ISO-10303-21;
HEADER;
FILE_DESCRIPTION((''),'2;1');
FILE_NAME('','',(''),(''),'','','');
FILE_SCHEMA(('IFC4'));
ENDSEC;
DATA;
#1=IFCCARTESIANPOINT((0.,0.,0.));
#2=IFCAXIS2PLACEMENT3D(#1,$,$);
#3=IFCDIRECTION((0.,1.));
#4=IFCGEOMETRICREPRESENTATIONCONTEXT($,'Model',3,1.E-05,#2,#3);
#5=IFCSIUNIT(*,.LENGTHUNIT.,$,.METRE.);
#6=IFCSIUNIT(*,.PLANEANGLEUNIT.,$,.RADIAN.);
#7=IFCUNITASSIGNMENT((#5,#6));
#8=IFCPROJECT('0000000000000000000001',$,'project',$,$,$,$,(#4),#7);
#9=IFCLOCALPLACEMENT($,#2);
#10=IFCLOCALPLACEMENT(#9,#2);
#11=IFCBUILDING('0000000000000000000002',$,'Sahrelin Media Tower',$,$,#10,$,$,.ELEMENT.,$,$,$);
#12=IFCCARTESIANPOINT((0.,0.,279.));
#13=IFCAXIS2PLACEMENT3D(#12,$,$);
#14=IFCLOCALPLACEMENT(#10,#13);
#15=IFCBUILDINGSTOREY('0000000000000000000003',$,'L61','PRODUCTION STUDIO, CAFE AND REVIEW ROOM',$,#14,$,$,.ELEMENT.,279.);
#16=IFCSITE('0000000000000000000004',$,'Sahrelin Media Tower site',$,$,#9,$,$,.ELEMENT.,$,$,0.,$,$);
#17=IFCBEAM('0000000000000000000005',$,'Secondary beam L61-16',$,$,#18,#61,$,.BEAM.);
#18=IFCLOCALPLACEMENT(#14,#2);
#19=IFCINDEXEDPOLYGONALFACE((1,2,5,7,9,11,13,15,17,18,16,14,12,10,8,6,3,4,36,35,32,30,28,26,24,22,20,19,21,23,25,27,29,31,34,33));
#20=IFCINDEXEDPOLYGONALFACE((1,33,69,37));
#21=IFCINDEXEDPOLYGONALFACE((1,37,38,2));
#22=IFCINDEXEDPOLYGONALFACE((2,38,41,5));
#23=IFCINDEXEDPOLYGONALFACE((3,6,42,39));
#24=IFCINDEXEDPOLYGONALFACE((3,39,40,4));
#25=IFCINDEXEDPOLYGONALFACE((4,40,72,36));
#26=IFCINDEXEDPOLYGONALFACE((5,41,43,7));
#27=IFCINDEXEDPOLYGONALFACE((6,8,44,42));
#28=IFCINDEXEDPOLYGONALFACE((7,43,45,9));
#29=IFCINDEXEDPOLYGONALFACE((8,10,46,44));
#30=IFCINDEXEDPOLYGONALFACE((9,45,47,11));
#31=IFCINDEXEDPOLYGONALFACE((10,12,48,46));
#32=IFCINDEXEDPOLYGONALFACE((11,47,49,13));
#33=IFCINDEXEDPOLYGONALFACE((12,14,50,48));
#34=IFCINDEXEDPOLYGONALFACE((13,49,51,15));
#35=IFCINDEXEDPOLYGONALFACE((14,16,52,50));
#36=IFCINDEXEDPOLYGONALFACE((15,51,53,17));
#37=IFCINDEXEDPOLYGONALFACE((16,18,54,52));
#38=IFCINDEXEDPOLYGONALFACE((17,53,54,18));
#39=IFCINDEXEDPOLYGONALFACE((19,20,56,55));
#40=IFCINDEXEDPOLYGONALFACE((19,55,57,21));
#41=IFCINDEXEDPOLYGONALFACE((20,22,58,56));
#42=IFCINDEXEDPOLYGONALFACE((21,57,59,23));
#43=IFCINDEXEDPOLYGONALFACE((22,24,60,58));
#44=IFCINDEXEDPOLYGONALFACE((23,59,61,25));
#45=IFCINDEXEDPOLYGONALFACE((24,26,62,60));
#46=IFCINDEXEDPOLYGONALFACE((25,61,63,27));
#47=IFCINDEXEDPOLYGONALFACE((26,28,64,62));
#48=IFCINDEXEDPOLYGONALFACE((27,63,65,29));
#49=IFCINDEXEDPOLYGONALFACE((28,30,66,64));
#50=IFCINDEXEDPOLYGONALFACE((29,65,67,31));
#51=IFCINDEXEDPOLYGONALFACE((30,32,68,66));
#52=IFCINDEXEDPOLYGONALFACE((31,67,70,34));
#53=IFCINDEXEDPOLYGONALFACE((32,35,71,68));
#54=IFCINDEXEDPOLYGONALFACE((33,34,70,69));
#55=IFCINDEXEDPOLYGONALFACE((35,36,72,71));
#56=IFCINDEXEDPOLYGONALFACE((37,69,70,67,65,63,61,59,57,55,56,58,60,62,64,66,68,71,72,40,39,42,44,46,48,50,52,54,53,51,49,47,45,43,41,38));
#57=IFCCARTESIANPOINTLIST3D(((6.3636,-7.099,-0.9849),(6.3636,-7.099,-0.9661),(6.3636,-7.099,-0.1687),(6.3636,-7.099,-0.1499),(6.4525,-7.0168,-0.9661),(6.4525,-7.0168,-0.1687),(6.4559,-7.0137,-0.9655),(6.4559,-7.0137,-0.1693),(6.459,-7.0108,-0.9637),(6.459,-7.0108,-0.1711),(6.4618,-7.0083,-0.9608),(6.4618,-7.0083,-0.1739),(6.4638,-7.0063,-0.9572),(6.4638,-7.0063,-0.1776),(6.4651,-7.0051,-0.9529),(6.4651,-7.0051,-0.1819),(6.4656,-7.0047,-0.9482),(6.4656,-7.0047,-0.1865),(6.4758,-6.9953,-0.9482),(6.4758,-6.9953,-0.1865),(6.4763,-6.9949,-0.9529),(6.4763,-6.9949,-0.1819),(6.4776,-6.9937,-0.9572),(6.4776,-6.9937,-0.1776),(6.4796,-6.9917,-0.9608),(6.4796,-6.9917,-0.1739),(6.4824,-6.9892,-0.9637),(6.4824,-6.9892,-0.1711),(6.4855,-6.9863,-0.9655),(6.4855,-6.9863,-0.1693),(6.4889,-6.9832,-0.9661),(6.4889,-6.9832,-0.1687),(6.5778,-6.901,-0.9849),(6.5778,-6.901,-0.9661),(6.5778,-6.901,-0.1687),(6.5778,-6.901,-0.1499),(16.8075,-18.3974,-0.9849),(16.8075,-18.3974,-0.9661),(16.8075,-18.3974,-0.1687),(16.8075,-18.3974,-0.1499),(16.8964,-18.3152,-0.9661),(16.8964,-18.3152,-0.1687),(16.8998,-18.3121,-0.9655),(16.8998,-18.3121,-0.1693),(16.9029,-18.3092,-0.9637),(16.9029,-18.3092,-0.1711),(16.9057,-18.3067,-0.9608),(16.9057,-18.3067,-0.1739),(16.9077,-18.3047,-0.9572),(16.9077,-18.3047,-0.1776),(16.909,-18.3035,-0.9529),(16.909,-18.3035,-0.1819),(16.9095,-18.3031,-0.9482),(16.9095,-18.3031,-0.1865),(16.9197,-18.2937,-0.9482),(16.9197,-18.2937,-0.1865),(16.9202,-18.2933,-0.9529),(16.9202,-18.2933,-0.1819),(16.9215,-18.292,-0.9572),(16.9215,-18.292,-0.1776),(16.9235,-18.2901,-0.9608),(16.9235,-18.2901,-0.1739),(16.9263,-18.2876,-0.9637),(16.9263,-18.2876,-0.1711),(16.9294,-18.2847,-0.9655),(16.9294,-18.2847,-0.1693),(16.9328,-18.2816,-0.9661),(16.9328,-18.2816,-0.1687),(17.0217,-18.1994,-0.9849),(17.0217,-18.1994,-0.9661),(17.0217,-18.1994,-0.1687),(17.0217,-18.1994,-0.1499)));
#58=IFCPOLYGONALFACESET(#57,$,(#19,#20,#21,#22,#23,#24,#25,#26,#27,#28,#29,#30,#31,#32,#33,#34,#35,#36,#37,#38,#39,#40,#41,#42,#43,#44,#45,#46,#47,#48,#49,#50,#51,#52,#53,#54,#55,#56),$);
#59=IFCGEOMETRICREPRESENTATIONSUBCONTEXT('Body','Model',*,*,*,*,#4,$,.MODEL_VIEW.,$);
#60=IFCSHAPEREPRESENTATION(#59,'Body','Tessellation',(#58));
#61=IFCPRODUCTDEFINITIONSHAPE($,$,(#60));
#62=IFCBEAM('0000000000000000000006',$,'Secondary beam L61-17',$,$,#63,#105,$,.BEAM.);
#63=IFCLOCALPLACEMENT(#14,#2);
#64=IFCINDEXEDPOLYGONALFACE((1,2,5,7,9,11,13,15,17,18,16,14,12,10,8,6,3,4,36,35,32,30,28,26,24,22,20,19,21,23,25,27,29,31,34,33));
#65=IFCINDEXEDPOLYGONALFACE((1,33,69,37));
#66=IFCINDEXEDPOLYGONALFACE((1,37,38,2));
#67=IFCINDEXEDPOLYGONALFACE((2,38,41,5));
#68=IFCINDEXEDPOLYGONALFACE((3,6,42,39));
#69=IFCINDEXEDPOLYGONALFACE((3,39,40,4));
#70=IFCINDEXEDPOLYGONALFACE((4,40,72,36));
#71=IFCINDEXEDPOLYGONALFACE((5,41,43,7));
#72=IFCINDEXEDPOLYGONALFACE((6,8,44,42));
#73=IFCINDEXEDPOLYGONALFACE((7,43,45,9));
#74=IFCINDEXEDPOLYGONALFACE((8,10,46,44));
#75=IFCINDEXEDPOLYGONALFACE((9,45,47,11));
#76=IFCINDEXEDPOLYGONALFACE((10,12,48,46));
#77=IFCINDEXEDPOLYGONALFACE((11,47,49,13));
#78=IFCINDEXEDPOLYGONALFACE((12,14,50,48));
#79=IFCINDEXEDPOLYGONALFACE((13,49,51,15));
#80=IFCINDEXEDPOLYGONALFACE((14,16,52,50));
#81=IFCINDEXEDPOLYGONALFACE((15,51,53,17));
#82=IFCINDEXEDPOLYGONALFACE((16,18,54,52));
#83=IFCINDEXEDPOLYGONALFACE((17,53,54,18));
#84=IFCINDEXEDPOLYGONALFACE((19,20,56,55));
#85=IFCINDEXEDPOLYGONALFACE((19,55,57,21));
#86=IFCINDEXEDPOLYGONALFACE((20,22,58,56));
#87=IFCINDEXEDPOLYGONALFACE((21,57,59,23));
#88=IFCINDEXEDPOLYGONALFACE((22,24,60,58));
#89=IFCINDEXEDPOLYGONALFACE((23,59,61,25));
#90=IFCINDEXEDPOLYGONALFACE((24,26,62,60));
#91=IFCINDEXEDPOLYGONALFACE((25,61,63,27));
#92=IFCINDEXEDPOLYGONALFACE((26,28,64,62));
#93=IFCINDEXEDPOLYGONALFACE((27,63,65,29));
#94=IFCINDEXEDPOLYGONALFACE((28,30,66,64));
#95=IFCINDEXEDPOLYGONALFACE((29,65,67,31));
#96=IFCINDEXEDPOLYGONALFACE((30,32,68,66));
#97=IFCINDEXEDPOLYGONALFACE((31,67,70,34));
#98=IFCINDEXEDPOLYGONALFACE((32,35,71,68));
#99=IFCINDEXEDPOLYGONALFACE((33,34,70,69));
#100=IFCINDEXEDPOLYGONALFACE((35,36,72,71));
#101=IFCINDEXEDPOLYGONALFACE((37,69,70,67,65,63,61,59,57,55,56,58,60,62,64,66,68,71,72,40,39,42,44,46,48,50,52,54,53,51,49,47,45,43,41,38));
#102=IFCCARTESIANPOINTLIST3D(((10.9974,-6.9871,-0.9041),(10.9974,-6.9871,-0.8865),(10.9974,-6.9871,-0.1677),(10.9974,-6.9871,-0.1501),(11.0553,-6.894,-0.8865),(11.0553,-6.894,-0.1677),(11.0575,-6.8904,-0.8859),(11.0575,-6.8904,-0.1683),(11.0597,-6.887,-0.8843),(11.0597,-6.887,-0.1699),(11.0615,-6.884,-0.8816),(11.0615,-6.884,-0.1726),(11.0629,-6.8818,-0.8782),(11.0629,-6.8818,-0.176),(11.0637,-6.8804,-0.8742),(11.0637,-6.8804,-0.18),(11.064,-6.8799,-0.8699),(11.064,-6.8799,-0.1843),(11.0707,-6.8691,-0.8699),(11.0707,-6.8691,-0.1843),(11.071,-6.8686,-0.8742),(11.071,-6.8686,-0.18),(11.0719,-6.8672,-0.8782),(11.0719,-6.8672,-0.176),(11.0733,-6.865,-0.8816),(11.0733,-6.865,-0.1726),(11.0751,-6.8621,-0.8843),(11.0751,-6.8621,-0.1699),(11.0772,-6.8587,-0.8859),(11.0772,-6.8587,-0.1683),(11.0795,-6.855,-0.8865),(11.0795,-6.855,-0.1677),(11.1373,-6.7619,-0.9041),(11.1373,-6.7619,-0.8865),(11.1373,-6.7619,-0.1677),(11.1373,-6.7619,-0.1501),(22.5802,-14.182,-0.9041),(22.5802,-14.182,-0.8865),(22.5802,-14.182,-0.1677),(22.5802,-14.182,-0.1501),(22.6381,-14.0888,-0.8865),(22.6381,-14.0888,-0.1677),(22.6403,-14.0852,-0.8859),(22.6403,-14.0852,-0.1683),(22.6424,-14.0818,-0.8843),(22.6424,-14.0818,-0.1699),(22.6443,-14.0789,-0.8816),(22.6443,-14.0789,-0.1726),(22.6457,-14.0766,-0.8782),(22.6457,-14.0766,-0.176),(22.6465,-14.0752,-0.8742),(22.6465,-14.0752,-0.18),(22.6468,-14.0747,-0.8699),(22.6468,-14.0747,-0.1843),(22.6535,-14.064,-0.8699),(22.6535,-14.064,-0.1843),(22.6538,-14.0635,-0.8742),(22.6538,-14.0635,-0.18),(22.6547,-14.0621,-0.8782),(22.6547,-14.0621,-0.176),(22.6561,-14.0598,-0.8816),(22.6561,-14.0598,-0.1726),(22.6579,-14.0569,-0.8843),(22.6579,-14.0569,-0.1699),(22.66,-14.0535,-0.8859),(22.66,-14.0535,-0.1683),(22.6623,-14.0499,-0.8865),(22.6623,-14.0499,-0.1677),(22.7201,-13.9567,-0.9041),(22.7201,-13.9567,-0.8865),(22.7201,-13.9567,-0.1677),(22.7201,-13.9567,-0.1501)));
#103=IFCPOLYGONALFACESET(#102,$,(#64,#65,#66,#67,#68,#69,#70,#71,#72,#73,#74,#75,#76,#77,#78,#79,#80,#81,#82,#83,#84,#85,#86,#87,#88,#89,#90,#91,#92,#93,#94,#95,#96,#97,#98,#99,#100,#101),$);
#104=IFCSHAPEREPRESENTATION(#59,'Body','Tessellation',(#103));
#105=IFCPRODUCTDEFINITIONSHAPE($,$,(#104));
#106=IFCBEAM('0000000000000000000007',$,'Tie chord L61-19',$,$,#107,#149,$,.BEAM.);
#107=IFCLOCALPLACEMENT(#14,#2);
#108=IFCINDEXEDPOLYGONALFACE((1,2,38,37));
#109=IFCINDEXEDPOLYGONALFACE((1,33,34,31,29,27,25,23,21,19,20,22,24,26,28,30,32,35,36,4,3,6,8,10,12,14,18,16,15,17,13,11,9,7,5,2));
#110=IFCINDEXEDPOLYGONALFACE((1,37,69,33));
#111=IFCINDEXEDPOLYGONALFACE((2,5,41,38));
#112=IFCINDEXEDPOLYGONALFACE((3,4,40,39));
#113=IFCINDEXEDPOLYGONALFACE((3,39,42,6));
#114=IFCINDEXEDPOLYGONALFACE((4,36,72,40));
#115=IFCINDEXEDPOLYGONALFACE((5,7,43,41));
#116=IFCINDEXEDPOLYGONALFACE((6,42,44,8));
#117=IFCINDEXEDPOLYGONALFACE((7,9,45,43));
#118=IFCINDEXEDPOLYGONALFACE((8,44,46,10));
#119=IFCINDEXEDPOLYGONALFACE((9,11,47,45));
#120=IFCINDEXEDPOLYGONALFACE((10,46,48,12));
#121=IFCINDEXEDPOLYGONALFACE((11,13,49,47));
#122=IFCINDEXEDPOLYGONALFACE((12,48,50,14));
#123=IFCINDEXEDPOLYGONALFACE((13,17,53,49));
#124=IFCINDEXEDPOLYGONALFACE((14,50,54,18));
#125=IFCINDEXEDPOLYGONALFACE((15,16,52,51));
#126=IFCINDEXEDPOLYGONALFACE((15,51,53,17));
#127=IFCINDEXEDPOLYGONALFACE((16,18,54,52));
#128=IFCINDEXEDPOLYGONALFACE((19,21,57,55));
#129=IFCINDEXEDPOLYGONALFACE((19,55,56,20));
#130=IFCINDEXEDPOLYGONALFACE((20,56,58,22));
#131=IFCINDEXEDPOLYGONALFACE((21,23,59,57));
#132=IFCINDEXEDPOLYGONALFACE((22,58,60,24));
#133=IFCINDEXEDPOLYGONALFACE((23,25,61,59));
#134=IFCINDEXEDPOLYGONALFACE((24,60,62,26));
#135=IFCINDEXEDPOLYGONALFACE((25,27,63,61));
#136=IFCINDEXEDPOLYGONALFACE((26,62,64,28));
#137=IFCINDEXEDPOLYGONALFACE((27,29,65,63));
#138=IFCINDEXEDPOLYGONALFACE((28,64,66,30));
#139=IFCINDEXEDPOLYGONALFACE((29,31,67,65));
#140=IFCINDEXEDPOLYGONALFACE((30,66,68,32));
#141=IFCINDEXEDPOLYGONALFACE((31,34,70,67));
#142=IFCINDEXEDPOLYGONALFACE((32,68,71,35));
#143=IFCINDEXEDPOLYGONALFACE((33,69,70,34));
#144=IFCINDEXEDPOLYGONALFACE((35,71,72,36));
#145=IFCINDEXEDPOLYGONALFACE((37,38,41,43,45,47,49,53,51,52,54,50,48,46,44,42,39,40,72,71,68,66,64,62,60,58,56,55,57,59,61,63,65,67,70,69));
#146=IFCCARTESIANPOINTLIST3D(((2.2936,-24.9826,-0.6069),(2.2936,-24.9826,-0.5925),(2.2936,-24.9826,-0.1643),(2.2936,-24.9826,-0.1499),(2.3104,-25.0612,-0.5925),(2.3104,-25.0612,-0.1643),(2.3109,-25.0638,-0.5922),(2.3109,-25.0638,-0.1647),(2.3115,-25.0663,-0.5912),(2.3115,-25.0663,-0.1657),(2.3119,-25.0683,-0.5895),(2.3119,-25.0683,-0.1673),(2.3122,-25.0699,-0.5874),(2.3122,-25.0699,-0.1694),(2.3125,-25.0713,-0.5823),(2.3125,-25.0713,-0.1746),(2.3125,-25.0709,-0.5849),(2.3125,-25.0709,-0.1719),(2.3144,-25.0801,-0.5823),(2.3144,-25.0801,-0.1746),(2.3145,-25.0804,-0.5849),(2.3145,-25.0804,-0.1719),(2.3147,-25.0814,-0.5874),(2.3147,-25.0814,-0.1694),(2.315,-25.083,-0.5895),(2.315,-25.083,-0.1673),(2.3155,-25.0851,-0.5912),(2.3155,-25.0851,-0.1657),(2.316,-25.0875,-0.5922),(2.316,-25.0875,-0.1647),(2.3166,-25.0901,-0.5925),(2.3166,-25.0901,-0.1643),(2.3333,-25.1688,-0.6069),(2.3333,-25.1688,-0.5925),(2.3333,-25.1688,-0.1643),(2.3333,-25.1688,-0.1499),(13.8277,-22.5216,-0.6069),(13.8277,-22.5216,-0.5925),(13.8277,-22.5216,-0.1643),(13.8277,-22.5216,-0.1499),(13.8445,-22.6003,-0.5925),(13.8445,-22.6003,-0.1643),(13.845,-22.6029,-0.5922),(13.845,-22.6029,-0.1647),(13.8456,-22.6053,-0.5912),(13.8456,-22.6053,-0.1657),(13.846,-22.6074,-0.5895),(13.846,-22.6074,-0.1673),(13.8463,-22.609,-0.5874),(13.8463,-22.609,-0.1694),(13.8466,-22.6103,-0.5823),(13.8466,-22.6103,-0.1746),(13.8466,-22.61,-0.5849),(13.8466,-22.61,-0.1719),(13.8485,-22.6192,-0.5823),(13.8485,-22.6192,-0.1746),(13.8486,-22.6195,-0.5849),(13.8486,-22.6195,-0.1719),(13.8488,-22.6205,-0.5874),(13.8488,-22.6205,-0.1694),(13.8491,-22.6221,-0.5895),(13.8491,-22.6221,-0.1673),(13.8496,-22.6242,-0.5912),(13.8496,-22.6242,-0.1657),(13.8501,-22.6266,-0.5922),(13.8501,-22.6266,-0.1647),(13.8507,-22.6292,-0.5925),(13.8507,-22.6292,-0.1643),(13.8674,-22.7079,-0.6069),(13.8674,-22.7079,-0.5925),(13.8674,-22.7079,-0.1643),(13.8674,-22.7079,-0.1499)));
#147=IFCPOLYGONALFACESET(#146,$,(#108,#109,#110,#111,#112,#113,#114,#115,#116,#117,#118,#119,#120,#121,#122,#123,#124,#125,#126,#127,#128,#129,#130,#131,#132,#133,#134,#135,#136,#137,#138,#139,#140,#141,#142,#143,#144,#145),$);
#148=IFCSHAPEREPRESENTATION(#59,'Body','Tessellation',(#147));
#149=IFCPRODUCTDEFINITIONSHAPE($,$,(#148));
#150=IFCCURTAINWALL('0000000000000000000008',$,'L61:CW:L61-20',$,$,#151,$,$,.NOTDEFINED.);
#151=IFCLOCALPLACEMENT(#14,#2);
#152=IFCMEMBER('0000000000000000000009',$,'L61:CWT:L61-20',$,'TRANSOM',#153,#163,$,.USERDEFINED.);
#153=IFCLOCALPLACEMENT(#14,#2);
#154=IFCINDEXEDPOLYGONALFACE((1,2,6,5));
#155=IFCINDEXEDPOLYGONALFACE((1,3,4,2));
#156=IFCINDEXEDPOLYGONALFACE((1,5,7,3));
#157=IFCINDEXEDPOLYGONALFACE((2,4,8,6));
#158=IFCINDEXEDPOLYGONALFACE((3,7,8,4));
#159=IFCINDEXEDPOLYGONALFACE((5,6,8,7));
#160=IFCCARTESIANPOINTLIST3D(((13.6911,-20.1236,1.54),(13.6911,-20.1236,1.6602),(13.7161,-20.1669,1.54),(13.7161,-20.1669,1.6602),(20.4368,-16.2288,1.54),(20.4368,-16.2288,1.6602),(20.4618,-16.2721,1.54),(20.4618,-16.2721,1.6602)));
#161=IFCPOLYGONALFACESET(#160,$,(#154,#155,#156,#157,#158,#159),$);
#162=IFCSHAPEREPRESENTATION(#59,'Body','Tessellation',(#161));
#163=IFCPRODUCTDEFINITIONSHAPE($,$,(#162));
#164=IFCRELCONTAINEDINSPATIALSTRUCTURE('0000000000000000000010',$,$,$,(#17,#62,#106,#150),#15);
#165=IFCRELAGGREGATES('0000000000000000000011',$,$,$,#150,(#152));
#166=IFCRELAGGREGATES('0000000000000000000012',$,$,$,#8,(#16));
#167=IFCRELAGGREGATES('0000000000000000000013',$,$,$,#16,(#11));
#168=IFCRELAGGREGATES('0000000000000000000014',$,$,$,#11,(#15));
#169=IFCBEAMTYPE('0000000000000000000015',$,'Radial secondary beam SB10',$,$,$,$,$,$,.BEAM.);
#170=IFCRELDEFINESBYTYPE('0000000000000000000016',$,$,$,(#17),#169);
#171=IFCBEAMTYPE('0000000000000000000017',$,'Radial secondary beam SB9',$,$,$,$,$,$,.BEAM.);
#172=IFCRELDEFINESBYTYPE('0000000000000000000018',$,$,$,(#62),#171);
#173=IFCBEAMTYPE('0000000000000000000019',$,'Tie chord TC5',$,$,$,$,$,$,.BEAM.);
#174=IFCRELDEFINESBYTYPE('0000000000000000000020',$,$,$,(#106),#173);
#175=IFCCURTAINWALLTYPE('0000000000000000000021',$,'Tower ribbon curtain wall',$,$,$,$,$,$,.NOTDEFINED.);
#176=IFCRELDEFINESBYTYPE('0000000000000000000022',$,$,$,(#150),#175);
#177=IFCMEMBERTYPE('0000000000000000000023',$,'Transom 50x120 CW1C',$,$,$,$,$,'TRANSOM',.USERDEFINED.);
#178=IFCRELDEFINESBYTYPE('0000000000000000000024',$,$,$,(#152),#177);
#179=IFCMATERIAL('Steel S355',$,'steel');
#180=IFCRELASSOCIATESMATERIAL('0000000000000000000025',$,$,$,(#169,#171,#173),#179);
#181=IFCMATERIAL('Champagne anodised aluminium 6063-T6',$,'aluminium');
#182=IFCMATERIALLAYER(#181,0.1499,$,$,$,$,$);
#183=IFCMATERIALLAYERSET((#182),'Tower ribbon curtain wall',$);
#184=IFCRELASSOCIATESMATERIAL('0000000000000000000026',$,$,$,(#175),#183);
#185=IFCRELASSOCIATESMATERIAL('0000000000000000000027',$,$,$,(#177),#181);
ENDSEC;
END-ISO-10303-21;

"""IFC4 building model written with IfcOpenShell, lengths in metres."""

from ifc_helpers import new_model, si_unit, direction, frame, origin, origin_2d, place, context, subcontext, project, spatial, rectangle, i_section, extrude, material, layer, layer_set, material_profile, profile_set, type_object, element, aggregate, save


model = new_model("IFC4")

# Units and contexts
model_context = context("Model", 3, precision=1e-05, world=origin(), true_north=direction((0.0, 1.0)))
body_context = subcontext(model_context, "Body", "Model", "MODEL_VIEW")
ifc_project = project(units=[si_unit("LENGTHUNIT", "METRE"), si_unit("PLANEANGLEUNIT", "RADIAN")], contexts=[model_context])

# Site, building, storey
site_placement = place(None, origin())
site = spatial("IfcSite", under=ifc_project, at=site_placement, Name="Sahrelin Media Tower site", CompositionType="ELEMENT", RefElevation=0.0)
building_placement = place(site_placement, origin())
building = spatial("IfcBuilding", under=site, at=building_placement, Name="Sahrelin Media Tower", CompositionType="ELEMENT")
storey_placement = place(building_placement, frame((0.0, 0.0, 279.0)))
storey = spatial("IfcBuildingStorey", under=building, at=storey_placement, Name="L61", Description="PRODUCTION STUDIO, CAFE AND REVIEW ROOM", CompositionType="ELEMENT", Elevation=279.0)

# Beams
ifc_material_1 = material(Name="Steel S355", Category="steel")
ifc_material_profile_1 = material_profile(ifc_material_1, i_section(OverallWidth=0.2917, OverallDepth=0.835, WebThickness=0.0139, FlangeThickness=0.0188, FilletRadius=0.0178, at=origin_2d()), Name="UB 838x292x176")
ifc_profile_set_1 = profile_set([ifc_material_profile_1], Name="Steel S355")
beam_type_1 = type_object("IfcBeamType", Name="Radial secondary beam SB10", PredefinedType="BEAM", material=ifc_profile_set_1)
beam_1_placement = place(storey_placement, frame((6.4707, -7.0, -0.5674), z_axis=(0.678793, -0.73433, 0.0), x_axis=(0.73433, 0.678793, 0.0)))
element("IfcBeam", 1, at=beam_1_placement, inside=storey, type_object=beam_type_1, Name="Secondary beam L61-16", PredefinedType="BEAM", context=body_context, shape_type="SweptSolid", body=[
    extrude(i_section(OverallWidth=0.2917, OverallDepth=0.835, WebThickness=0.0139, FlangeThickness=0.0188, FilletRadius=0.0178, at=origin_2d()), origin(), (0.0, 0.0, 1.0), 15.386),
])
ifc_material_profile_2 = material_profile(ifc_material_1, i_section(OverallWidth=0.2651, OverallDepth=0.7539, WebThickness=0.0127, FlangeThickness=0.0176, FilletRadius=0.0166, at=origin_2d()), Name="UB 762x267x147")
ifc_profile_set_2 = profile_set([ifc_material_profile_2], Name="Steel S355")
beam_type_2 = type_object("IfcBeamType", Name="Radial secondary beam SB9", PredefinedType="BEAM", material=ifc_profile_set_2)
beam_2_placement = place(storey_placement, frame((11.0674, -6.8745, -0.5271), z_axis=(0.849459, -0.527655, 0.0), x_axis=(0.527655, 0.849459, 0.0)))
element("IfcBeam", 2, at=beam_2_placement, inside=storey, type_object=beam_type_2, Name="Secondary beam L61-17", PredefinedType="BEAM", context=body_context, shape_type="SweptSolid", body=[
    extrude(i_section(OverallWidth=0.2651, OverallDepth=0.7539, WebThickness=0.0127, FlangeThickness=0.0176, FilletRadius=0.0166, at=origin_2d()), origin(), (0.0, 0.0, 1.0), 13.6355),
])
ifc_material_profile_3 = material_profile(ifc_material_1, i_section(OverallWidth=0.1904, OverallDepth=0.457, WebThickness=0.009, FlangeThickness=0.0144, FilletRadius=0.0103, at=origin_2d()), Name="UB 457x191x74")
ifc_profile_set_3 = profile_set([ifc_material_profile_3], Name="Steel S355")
beam_type_3 = type_object("IfcBeamType", Name="Tie chord TC5", PredefinedType="BEAM", material=ifc_profile_set_3)
beam_3_placement = place(storey_placement, frame((2.3135, -25.0757, -0.3784), z_axis=(0.977987, 0.208664, 0.0), x_axis=(-0.208664, 0.977987, 0.0)))
element("IfcBeam", 3, at=beam_3_placement, inside=storey, type_object=beam_type_3, Name="Tie chord L61-19", PredefinedType="BEAM", context=body_context, shape_type="SweptSolid", body=[
    extrude(i_section(OverallWidth=0.1904, OverallDepth=0.457, WebThickness=0.009, FlangeThickness=0.0144, FilletRadius=0.0103, at=origin_2d()), origin(), (0.0, 0.0, 1.0), 11.7937),
])

# Curtain wall, member
ifc_material_2 = material(Name="Champagne anodised aluminium 6063-T6", Category="aluminium")
ifc_layer_1 = layer(ifc_material_2, 0.1499)
ifc_layer_set_1 = layer_set([ifc_layer_1], Name="Tower ribbon curtain wall")
curtain_wall_type = type_object("IfcCurtainWallType", Name="Tower ribbon curtain wall", PredefinedType="NOTDEFINED", material=ifc_layer_set_1)
curtain_wall_placement = place(storey_placement, frame((17.199, -18.4102, 0.0), z_axis=(0.0, 0.0, 1.0), x_axis=(1.0, 0.0, 0.0)))
curtain_wall = element("IfcCurtainWall", 4, at=curtain_wall_placement, inside=storey, type_object=curtain_wall_type, Name="L61:CW:L61-20", PredefinedType="NOTDEFINED")
ifc_material_profile_4 = material_profile(ifc_material_2, rectangle(XDim=0.05, YDim=0.1201, at=origin_2d()), Name="Transom 50x120")
ifc_profile_set_4 = profile_set([ifc_material_profile_4], Name="Champagne anodised aluminium 6063-T6")
member_type = type_object("IfcMemberType", Name="Transom 50x120 CW1C", ElementType="TRANSOM", PredefinedType="USERDEFINED", material=ifc_profile_set_4)
member_placement = place(storey_placement, frame((13.7036, -20.1453, 1.6001), z_axis=(0.866014, 0.500019, 0.0), x_axis=(-0.500019, 0.866014, 0.0)))
member = element("IfcMember", 5, at=member_placement, type_object=member_type, Name="L61:CWT:L61-20", ObjectType="TRANSOM", PredefinedType="USERDEFINED", context=body_context, shape_type="SweptSolid", body=[
    extrude(rectangle(XDim=0.05, YDim=0.1201, at=origin_2d()), origin(), (0.0, 0.0, 1.0), 7.7893),
])
aggregate(curtain_wall, [member])

save(model, "model.ifc")
